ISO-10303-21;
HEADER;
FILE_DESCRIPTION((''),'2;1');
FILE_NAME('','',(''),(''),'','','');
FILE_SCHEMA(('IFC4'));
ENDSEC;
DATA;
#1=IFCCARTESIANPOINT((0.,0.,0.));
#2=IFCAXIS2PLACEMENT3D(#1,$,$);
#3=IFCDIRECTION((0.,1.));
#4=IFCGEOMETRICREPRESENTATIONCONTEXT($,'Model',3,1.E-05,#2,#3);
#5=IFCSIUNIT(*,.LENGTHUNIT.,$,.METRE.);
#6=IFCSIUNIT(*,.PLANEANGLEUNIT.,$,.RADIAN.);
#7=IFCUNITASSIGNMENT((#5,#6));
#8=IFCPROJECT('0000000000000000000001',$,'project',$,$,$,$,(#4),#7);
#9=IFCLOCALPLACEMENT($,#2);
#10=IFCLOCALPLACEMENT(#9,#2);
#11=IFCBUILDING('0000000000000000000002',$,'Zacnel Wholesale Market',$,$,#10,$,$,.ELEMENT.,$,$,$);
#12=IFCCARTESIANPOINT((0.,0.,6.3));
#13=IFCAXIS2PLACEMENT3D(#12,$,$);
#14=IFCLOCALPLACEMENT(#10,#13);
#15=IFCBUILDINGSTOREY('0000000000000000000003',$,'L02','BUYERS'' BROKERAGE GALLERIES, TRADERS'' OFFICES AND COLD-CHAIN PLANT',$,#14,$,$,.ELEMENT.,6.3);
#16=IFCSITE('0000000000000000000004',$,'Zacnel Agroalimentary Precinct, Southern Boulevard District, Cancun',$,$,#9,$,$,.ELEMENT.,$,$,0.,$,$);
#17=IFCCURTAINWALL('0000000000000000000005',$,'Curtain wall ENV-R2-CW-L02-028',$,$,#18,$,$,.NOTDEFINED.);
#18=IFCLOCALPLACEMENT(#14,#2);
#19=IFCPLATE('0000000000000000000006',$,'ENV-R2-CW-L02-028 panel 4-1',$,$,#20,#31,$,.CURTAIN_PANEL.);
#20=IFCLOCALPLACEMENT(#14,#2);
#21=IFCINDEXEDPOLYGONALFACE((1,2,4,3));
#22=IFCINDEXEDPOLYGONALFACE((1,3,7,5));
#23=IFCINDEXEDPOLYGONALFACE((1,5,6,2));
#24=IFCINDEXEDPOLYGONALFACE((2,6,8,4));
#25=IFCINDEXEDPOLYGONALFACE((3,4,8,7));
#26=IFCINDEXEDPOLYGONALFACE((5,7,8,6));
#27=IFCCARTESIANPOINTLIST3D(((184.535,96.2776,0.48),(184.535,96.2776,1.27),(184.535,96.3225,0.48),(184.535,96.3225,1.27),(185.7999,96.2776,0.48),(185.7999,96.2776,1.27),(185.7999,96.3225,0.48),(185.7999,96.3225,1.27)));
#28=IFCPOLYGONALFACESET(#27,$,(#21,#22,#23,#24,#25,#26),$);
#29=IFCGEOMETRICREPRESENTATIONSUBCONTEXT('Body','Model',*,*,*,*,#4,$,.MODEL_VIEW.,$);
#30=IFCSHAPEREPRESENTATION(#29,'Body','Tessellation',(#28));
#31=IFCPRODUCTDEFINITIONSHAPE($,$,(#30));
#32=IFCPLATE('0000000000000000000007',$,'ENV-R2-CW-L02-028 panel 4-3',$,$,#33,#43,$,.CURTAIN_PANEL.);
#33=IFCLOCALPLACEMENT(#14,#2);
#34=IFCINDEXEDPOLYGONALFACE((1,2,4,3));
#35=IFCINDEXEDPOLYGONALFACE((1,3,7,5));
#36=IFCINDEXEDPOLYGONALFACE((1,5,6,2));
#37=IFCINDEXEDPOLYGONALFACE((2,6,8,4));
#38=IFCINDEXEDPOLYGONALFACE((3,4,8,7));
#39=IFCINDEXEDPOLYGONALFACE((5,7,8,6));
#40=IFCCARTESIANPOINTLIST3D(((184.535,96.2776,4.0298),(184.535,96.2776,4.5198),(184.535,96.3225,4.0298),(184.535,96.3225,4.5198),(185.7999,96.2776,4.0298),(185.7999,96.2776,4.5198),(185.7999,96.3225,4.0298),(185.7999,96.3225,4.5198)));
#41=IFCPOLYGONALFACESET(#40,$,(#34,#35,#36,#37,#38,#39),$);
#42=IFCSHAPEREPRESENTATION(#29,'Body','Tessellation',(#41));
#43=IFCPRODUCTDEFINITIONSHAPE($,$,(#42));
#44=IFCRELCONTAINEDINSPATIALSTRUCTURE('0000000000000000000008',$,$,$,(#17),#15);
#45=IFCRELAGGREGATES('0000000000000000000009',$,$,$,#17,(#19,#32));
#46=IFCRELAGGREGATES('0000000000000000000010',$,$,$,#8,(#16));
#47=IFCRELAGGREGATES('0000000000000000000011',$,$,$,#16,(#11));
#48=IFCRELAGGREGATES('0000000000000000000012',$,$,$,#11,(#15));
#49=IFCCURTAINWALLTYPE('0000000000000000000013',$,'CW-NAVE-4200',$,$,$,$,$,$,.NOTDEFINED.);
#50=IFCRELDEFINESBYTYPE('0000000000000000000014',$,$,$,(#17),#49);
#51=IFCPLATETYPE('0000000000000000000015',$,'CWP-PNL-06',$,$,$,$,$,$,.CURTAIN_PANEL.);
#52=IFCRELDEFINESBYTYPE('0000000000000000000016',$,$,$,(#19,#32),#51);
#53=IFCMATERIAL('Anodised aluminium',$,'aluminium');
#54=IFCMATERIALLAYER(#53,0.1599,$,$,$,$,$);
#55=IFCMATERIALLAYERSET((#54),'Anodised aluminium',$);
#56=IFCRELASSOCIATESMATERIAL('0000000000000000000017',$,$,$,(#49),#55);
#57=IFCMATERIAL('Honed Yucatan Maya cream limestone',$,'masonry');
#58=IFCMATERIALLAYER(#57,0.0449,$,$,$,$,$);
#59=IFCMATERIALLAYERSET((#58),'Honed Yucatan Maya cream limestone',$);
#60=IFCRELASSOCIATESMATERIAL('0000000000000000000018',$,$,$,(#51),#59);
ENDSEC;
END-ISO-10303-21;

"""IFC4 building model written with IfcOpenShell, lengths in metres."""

from ifc_helpers import new_model, si_unit, direction, frame, origin, origin_2d, place, context, subcontext, project, spatial, rectangle, extrude, material, layer, layer_set, type_object, element, aggregate, save


model = new_model("IFC4")

# Units and contexts
model_context = context("Model", 3, precision=1e-05, world=origin(), true_north=direction((0.0, 1.0)))
body_context = subcontext(model_context, "Body", "Model", "MODEL_VIEW")
ifc_project = project(units=[si_unit("LENGTHUNIT", "METRE"), si_unit("PLANEANGLEUNIT", "RADIAN")], contexts=[model_context])

# Site, building, storey
site_placement = place(None, origin())
site = spatial("IfcSite", under=ifc_project, at=site_placement, Name="Zacnel Agroalimentary Precinct, Southern Boulevard District, Cancun", CompositionType="ELEMENT", RefElevation=0.0)
building_placement = place(site_placement, origin())
building = spatial("IfcBuilding", under=site, at=building_placement, Name="Zacnel Wholesale Market", CompositionType="ELEMENT")
storey_placement = place(building_placement, frame((0.0, 0.0, 6.3)))
storey = spatial("IfcBuildingStorey", under=building, at=storey_placement, Name="L02", Description="BUYERS' BROKERAGE GALLERIES, TRADERS' OFFICES AND COLD-CHAIN PLANT", CompositionType="ELEMENT", Elevation=6.3)

# Curtain wall, plates
ifc_material_1 = material(Name="Anodised aluminium", Category="aluminium")
ifc_layer_1 = layer(ifc_material_1, 0.1599)
ifc_layer_set_1 = layer_set([ifc_layer_1], Name="Anodised aluminium")
curtain_wall_type = type_object("IfcCurtainWallType", Name="CW-NAVE-4200", PredefinedType="NOTDEFINED", material=ifc_layer_set_1)
curtain_wall_placement = place(storey_placement, origin())
curtain_wall = element("IfcCurtainWall", 1, at=curtain_wall_placement, inside=storey, type_object=curtain_wall_type, Name="Curtain wall ENV-R2-CW-L02-028", PredefinedType="NOTDEFINED")
ifc_material_2 = material(Name="Honed Yucatan Maya cream limestone", Category="masonry")
ifc_layer_2 = layer(ifc_material_2, 0.0449)
ifc_layer_set_2 = layer_set([ifc_layer_2], Name="Honed Yucatan Maya cream limestone")
plate_type_1 = type_object("IfcPlateType", Name="CWP-PNL-06", PredefinedType="CURTAIN_PANEL", material=ifc_layer_set_2)
plate_1_placement = place(storey_placement, frame((185.1675, 96.3, 0.48), z_axis=(0.0, 0.0, 1.0), x_axis=(1.0, 0.0, 0.0)))
plate_1 = element("IfcPlate", 2, at=plate_1_placement, type_object=plate_type_1, Name="ENV-R2-CW-L02-028 panel 4-1", PredefinedType="CURTAIN_PANEL", context=body_context, shape_type="SweptSolid", body=[
    extrude(rectangle(XDim=1.2649, YDim=0.0449, at=origin_2d()), origin(), (0.0, 0.0, 1.0), 0.79),
])
plate_2_placement = place(storey_placement, frame((185.1675, 96.3, 4.0298), z_axis=(0.0, 0.0, 1.0), x_axis=(1.0, 0.0, 0.0)))
plate_2 = element("IfcPlate", 3, at=plate_2_placement, type_object=plate_type_1, Name="ENV-R2-CW-L02-028 panel 4-3", PredefinedType="CURTAIN_PANEL", context=body_context, shape_type="SweptSolid", body=[
    extrude(rectangle(XDim=1.2649, YDim=0.0449, at=origin_2d()), origin(), (0.0, 0.0, 1.0), 0.49),
])
aggregate(curtain_wall, [plate_1, plate_2])

save(model, "model.ifc")
